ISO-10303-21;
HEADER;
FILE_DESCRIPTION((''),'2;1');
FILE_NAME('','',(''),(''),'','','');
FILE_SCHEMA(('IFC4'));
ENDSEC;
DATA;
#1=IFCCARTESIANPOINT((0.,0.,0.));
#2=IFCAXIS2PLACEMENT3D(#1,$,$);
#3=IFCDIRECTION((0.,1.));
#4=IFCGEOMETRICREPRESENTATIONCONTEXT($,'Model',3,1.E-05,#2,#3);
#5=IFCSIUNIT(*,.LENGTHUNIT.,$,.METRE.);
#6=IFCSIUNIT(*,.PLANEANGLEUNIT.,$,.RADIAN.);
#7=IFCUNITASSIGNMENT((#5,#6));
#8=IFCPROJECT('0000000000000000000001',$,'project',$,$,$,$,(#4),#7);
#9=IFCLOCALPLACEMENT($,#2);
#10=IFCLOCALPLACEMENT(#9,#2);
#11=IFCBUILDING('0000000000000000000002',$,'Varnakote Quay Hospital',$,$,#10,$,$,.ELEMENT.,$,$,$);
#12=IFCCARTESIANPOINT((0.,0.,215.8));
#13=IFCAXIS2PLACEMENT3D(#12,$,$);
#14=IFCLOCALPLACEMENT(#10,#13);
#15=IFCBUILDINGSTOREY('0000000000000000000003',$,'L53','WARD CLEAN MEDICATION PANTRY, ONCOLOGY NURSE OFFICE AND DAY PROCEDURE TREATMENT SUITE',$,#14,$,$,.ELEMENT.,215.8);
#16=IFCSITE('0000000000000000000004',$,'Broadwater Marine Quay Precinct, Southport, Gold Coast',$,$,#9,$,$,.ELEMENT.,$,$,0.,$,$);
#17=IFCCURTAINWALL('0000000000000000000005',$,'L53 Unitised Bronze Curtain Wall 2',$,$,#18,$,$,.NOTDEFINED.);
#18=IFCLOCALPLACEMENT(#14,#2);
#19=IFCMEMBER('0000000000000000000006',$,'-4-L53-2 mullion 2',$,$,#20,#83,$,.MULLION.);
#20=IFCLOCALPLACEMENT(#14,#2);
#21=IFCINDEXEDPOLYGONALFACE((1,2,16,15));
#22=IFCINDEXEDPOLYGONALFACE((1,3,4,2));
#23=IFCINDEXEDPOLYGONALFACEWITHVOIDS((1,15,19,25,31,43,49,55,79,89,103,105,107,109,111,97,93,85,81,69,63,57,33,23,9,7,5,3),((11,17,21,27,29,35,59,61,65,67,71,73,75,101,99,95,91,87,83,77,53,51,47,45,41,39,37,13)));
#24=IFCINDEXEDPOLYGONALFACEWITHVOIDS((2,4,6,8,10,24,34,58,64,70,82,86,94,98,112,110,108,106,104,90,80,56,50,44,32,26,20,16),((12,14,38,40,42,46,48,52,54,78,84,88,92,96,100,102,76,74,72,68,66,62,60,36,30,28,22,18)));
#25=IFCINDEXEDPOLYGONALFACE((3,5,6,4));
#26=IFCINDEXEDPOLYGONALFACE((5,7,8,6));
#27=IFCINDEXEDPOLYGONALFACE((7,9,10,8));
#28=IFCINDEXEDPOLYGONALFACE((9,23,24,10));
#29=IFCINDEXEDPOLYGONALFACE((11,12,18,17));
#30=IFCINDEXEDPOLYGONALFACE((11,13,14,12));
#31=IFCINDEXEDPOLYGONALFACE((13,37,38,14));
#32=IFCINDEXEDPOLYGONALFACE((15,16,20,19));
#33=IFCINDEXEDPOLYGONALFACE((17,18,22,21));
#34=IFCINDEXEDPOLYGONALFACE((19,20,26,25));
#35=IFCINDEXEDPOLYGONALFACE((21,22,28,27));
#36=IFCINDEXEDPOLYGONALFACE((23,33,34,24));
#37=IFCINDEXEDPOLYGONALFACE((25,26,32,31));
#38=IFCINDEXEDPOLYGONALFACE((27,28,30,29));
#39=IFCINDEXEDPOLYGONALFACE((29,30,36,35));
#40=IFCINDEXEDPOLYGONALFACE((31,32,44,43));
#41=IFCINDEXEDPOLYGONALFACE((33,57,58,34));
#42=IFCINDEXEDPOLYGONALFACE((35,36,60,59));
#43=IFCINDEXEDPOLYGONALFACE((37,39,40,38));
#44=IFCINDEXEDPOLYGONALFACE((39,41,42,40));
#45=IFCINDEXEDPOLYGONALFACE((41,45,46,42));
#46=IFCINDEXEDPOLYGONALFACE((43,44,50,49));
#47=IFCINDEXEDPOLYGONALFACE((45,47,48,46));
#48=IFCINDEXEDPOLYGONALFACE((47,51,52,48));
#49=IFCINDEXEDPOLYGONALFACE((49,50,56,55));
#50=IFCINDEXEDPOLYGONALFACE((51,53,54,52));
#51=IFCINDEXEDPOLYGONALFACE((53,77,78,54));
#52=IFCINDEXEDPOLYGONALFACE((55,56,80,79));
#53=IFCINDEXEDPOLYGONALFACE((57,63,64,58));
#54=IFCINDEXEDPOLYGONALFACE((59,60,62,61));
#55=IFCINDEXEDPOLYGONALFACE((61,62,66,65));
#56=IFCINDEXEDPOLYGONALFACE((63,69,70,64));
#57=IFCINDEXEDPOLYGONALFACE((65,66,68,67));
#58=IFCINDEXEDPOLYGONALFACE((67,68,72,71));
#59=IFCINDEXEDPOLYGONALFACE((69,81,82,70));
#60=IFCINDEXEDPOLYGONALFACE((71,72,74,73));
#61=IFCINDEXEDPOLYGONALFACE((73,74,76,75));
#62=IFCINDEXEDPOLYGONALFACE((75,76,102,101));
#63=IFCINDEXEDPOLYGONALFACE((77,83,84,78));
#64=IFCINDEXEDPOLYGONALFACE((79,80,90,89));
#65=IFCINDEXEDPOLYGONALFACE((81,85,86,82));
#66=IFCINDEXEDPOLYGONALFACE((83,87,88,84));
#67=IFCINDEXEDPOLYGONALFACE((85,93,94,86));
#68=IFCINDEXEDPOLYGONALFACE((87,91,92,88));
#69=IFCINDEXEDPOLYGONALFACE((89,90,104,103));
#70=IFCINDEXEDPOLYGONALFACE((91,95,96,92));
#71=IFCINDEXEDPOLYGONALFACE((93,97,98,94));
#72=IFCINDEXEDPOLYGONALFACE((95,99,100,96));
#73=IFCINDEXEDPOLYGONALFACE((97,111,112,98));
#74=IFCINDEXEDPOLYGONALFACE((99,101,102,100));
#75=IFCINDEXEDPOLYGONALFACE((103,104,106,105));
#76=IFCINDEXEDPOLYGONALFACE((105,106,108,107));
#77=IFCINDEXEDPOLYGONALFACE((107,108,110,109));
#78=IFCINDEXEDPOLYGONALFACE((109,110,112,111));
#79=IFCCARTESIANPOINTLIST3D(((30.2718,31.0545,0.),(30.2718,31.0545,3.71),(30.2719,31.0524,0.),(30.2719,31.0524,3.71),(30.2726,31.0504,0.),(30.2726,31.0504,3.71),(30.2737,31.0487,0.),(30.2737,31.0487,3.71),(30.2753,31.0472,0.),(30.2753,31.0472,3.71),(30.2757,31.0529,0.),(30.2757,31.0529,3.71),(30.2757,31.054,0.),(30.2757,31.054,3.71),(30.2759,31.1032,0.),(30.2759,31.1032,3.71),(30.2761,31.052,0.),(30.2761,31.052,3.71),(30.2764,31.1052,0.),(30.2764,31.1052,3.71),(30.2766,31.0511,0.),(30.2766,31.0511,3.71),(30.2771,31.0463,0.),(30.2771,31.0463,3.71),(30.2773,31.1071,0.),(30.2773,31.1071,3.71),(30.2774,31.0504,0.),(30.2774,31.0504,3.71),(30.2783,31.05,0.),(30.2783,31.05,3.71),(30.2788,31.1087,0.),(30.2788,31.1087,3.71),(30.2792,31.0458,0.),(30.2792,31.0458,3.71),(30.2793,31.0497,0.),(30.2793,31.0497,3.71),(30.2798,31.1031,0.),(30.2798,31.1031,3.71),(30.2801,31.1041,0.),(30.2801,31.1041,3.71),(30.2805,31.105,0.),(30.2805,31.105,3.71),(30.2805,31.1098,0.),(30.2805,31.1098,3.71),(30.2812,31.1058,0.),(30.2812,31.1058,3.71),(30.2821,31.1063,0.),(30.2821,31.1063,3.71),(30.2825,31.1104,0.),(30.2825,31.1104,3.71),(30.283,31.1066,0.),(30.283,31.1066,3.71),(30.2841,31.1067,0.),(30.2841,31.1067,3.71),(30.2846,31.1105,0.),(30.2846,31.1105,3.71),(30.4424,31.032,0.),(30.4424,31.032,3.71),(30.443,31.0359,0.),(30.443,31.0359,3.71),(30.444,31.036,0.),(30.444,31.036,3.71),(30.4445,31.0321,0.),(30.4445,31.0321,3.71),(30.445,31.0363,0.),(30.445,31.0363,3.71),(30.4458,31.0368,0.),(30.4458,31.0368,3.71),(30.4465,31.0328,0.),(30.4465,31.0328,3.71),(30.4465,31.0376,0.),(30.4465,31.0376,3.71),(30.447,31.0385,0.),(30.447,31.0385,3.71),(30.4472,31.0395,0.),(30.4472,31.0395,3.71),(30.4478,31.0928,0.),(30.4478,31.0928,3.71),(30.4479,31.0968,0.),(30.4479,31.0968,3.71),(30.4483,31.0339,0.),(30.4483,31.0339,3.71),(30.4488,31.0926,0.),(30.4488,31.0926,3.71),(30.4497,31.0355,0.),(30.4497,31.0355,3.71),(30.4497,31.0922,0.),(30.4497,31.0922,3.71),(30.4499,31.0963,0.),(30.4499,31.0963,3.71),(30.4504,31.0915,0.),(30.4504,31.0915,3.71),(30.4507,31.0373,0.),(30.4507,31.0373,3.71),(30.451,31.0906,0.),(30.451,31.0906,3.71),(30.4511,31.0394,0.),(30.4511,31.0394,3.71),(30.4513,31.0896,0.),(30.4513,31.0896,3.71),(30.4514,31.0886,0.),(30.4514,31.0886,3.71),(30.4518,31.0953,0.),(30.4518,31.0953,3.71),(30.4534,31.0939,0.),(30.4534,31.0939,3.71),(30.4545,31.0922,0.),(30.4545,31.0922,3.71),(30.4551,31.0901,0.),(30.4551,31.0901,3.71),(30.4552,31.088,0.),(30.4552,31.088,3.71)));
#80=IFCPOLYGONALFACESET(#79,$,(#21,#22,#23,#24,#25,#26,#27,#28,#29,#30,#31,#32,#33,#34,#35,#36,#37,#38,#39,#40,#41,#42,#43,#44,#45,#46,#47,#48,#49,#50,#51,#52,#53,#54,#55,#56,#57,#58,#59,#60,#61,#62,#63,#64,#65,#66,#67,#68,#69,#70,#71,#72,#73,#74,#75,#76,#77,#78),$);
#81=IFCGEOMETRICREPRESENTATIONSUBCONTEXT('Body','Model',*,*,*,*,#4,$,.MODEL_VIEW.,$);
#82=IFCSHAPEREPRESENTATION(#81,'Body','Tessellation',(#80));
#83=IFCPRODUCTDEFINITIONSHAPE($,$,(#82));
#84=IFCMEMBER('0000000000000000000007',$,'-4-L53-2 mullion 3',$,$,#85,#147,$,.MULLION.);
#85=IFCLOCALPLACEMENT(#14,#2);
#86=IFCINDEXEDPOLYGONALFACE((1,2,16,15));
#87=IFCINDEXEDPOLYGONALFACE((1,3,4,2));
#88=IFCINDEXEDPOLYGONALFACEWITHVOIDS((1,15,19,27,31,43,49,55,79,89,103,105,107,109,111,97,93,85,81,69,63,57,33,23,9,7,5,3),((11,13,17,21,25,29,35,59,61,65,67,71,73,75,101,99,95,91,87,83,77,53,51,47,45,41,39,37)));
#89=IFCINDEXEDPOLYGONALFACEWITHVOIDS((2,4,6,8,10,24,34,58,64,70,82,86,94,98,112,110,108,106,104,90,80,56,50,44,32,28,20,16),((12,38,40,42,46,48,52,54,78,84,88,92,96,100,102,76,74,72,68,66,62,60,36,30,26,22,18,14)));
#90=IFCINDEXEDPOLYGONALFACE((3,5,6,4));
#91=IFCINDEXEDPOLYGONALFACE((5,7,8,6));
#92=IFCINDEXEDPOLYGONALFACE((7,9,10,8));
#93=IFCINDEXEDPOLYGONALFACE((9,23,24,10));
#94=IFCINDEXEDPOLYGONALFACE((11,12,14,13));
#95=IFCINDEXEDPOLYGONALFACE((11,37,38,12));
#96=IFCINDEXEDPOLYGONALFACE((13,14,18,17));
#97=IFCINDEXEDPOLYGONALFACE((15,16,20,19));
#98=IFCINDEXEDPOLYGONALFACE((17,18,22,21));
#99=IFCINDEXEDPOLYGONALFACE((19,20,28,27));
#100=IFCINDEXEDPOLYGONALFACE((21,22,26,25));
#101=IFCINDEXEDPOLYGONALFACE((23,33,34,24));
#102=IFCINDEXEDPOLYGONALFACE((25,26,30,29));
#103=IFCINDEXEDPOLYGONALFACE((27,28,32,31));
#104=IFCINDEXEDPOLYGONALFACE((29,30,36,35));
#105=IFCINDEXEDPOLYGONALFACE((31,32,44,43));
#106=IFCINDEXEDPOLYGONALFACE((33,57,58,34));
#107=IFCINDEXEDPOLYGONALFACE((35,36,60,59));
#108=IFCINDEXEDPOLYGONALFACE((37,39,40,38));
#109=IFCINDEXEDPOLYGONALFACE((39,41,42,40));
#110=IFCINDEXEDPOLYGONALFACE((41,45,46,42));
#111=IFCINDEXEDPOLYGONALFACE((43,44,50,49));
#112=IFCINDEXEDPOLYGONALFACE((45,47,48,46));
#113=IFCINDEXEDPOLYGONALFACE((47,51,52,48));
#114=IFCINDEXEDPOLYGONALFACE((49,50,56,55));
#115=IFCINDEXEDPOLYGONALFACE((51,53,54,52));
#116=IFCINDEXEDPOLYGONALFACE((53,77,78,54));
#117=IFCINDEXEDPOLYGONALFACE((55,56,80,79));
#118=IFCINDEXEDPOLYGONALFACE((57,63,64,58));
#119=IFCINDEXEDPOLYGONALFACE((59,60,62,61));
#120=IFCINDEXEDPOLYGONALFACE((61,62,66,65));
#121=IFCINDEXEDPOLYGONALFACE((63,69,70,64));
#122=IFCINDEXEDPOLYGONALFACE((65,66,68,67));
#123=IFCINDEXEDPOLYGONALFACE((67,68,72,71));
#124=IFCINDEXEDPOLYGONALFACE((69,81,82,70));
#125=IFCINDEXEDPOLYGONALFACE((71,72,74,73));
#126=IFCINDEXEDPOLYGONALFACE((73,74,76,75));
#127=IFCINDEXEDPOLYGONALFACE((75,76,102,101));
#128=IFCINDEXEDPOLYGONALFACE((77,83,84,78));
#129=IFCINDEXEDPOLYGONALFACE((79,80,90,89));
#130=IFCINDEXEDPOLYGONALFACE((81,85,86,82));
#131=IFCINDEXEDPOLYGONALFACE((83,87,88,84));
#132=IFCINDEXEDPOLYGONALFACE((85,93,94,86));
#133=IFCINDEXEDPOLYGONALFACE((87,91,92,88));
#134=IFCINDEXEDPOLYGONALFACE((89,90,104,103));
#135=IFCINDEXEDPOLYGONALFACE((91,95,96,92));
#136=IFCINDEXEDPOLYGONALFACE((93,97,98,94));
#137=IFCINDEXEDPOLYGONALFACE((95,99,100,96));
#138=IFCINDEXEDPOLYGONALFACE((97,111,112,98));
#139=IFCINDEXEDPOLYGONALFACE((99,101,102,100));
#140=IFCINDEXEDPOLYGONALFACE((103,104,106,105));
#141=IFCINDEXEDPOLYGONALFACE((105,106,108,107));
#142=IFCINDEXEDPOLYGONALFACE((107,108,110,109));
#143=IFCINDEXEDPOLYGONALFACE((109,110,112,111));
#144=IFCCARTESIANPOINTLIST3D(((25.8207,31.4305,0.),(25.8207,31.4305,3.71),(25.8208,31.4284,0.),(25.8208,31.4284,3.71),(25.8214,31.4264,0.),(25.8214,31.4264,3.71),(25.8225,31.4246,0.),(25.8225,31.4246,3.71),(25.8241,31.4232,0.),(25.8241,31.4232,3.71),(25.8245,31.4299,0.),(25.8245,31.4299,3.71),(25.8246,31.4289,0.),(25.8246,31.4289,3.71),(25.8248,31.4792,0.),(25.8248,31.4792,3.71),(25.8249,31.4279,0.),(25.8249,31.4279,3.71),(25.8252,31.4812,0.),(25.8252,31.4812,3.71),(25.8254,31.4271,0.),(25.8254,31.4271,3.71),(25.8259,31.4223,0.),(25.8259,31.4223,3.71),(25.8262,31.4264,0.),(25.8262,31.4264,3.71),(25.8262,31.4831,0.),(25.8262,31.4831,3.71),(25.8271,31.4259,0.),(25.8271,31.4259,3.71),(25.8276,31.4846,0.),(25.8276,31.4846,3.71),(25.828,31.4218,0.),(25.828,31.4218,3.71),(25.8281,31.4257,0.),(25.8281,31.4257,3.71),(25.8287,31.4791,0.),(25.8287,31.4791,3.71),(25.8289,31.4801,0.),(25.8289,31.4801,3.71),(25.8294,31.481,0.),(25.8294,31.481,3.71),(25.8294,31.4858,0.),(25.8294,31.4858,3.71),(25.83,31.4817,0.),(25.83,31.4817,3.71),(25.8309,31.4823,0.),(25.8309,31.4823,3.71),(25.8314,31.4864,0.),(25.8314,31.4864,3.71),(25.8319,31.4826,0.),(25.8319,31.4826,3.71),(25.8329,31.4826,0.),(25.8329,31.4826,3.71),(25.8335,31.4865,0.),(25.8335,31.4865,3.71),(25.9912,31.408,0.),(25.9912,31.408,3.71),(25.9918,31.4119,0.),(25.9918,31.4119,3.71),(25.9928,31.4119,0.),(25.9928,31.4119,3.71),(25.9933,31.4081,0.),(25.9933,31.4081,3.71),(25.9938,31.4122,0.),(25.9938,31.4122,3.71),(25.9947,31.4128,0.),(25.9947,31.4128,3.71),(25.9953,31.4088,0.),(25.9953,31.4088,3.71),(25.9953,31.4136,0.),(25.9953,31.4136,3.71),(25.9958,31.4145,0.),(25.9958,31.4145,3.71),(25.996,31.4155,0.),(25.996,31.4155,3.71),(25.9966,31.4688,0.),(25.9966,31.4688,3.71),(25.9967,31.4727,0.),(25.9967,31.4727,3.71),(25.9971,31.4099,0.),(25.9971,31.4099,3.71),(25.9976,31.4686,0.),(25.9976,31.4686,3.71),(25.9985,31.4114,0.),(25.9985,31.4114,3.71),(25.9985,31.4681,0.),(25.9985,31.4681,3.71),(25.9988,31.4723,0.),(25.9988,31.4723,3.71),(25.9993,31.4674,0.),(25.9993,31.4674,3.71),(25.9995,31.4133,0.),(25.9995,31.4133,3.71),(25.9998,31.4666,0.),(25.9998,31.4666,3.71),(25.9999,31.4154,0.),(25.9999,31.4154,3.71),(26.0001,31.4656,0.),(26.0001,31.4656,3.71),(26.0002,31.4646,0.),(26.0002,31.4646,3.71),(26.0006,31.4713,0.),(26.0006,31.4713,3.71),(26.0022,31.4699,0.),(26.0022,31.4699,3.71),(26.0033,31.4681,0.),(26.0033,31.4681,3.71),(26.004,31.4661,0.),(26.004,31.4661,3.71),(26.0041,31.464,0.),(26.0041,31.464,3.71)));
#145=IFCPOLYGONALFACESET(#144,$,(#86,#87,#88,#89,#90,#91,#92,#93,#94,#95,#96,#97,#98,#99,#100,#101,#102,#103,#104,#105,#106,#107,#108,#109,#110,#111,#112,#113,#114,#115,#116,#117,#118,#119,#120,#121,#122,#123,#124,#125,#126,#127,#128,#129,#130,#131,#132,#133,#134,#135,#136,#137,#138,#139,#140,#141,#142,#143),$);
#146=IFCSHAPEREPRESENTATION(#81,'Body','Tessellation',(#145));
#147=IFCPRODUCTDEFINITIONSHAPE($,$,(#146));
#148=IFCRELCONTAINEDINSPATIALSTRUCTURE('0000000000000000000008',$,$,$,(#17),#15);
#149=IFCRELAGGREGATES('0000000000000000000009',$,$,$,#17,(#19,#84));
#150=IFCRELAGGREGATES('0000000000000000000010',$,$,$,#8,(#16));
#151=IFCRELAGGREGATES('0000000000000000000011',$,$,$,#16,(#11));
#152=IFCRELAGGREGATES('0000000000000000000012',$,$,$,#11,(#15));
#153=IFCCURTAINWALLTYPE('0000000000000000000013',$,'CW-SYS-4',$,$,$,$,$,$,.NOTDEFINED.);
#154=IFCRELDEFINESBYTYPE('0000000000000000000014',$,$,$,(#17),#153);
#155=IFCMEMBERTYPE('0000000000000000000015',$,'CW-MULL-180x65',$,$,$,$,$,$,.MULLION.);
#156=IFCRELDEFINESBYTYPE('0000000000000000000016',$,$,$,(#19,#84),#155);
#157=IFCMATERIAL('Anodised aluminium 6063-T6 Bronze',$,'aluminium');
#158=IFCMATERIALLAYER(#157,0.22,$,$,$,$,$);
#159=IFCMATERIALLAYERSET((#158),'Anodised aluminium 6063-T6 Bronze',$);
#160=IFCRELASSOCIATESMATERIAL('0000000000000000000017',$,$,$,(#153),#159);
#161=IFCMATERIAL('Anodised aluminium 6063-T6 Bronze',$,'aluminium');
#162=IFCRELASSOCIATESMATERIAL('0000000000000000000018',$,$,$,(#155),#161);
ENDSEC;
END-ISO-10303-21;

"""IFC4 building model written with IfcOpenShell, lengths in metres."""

from ifc_helpers import new_model, si_unit, direction, frame, origin, origin_2d, place, context, subcontext, project, spatial, hollow_rectangle, extrude, material, layer, layer_set, material_profile, profile_set, type_object, element, aggregate, save


model = new_model("IFC4")

# Units and contexts
model_context = context("Model", 3, precision=1e-05, world=origin(), true_north=direction((0.0, 1.0)))
body_context = subcontext(model_context, "Body", "Model", "MODEL_VIEW")
ifc_project = project(units=[si_unit("LENGTHUNIT", "METRE"), si_unit("PLANEANGLEUNIT", "RADIAN")], contexts=[model_context])

# Site, building, storey
site_placement = place(None, origin())
site = spatial("IfcSite", under=ifc_project, at=site_placement, Name="Broadwater Marine Quay Precinct, Southport, Gold Coast", CompositionType="ELEMENT", RefElevation=0.0)
building_placement = place(site_placement, origin())
building = spatial("IfcBuilding", under=site, at=building_placement, Name="Varnakote Quay Hospital", CompositionType="ELEMENT")
storey_placement = place(building_placement, frame((0.0, 0.0, 215.8)))
storey = spatial("IfcBuildingStorey", under=building, at=storey_placement, Name="L53", Description="WARD CLEAN MEDICATION PANTRY, ONCOLOGY NURSE OFFICE AND DAY PROCEDURE TREATMENT SUITE", CompositionType="ELEMENT", Elevation=215.8)

# Curtain wall, members
ifc_material_1 = material(Name="Anodised aluminium 6063-T6 Bronze", Category="aluminium")
ifc_layer_1 = layer(ifc_material_1, 0.22)
ifc_layer_set_1 = layer_set([ifc_layer_1], Name="Anodised aluminium 6063-T6 Bronze")
curtain_wall_type = type_object("IfcCurtainWallType", Name="CW-SYS-4", PredefinedType="NOTDEFINED", material=ifc_layer_set_1)
curtain_wall_placement = place(storey_placement, origin())
curtain_wall = element("IfcCurtainWall", 1, at=curtain_wall_placement, inside=storey, type_object=curtain_wall_type, Name="L53 Unitised Bronze Curtain Wall 2", PredefinedType="NOTDEFINED")
ifc_material_2 = material(Name="Anodised aluminium 6063-T6 Bronze", Category="aluminium")
ifc_material_profile_1 = material_profile(ifc_material_2, hollow_rectangle(XDim=0.0649, YDim=0.1799, WallThickness=0.0039, InnerFilletRadius=0.0039, OuterFilletRadius=0.0081, at=origin_2d()), Name="CW-MULL-180x65")
ifc_profile_set_1 = profile_set([ifc_material_profile_1], Name="Anodised aluminium 6063-T6 Bronze")
member_type_1 = type_object("IfcMemberType", Name="CW-MULL-180x65", PredefinedType="MULLION", material=ifc_profile_set_1)
member_1_placement = place(storey_placement, frame((30.3635, 31.0713, 0.0), z_axis=(0.0, 0.0, 1.0), x_axis=(-0.084136, -0.996454, 0.0)))
member_1 = element("IfcMember", 2, at=member_1_placement, type_object=member_type_1, Name="-4-L53-2 mullion 2", PredefinedType="MULLION", context=body_context, shape_type="SweptSolid", body=[
    extrude(hollow_rectangle(XDim=0.0649, YDim=0.1799, WallThickness=0.0039, InnerFilletRadius=0.0039, OuterFilletRadius=0.0081, at=origin_2d()), origin(), (0.0, 0.0, 1.0), 3.71),
])
member_2_placement = place(storey_placement, frame((25.9124, 31.4473, 0.0), z_axis=(0.0, 0.0, 1.0), x_axis=(-0.084136, -0.996454, 0.0)))
member_2 = element("IfcMember", 3, at=member_2_placement, type_object=member_type_1, Name="-4-L53-2 mullion 3", PredefinedType="MULLION", context=body_context, shape_type="SweptSolid", body=[
    extrude(hollow_rectangle(XDim=0.0649, YDim=0.1799, WallThickness=0.0039, InnerFilletRadius=0.0039, OuterFilletRadius=0.0081, at=origin_2d()), origin(), (0.0, 0.0, 1.0), 3.71),
])

aggregate(curtain_wall, [member_1, member_2])

save(model, "model.ifc")
